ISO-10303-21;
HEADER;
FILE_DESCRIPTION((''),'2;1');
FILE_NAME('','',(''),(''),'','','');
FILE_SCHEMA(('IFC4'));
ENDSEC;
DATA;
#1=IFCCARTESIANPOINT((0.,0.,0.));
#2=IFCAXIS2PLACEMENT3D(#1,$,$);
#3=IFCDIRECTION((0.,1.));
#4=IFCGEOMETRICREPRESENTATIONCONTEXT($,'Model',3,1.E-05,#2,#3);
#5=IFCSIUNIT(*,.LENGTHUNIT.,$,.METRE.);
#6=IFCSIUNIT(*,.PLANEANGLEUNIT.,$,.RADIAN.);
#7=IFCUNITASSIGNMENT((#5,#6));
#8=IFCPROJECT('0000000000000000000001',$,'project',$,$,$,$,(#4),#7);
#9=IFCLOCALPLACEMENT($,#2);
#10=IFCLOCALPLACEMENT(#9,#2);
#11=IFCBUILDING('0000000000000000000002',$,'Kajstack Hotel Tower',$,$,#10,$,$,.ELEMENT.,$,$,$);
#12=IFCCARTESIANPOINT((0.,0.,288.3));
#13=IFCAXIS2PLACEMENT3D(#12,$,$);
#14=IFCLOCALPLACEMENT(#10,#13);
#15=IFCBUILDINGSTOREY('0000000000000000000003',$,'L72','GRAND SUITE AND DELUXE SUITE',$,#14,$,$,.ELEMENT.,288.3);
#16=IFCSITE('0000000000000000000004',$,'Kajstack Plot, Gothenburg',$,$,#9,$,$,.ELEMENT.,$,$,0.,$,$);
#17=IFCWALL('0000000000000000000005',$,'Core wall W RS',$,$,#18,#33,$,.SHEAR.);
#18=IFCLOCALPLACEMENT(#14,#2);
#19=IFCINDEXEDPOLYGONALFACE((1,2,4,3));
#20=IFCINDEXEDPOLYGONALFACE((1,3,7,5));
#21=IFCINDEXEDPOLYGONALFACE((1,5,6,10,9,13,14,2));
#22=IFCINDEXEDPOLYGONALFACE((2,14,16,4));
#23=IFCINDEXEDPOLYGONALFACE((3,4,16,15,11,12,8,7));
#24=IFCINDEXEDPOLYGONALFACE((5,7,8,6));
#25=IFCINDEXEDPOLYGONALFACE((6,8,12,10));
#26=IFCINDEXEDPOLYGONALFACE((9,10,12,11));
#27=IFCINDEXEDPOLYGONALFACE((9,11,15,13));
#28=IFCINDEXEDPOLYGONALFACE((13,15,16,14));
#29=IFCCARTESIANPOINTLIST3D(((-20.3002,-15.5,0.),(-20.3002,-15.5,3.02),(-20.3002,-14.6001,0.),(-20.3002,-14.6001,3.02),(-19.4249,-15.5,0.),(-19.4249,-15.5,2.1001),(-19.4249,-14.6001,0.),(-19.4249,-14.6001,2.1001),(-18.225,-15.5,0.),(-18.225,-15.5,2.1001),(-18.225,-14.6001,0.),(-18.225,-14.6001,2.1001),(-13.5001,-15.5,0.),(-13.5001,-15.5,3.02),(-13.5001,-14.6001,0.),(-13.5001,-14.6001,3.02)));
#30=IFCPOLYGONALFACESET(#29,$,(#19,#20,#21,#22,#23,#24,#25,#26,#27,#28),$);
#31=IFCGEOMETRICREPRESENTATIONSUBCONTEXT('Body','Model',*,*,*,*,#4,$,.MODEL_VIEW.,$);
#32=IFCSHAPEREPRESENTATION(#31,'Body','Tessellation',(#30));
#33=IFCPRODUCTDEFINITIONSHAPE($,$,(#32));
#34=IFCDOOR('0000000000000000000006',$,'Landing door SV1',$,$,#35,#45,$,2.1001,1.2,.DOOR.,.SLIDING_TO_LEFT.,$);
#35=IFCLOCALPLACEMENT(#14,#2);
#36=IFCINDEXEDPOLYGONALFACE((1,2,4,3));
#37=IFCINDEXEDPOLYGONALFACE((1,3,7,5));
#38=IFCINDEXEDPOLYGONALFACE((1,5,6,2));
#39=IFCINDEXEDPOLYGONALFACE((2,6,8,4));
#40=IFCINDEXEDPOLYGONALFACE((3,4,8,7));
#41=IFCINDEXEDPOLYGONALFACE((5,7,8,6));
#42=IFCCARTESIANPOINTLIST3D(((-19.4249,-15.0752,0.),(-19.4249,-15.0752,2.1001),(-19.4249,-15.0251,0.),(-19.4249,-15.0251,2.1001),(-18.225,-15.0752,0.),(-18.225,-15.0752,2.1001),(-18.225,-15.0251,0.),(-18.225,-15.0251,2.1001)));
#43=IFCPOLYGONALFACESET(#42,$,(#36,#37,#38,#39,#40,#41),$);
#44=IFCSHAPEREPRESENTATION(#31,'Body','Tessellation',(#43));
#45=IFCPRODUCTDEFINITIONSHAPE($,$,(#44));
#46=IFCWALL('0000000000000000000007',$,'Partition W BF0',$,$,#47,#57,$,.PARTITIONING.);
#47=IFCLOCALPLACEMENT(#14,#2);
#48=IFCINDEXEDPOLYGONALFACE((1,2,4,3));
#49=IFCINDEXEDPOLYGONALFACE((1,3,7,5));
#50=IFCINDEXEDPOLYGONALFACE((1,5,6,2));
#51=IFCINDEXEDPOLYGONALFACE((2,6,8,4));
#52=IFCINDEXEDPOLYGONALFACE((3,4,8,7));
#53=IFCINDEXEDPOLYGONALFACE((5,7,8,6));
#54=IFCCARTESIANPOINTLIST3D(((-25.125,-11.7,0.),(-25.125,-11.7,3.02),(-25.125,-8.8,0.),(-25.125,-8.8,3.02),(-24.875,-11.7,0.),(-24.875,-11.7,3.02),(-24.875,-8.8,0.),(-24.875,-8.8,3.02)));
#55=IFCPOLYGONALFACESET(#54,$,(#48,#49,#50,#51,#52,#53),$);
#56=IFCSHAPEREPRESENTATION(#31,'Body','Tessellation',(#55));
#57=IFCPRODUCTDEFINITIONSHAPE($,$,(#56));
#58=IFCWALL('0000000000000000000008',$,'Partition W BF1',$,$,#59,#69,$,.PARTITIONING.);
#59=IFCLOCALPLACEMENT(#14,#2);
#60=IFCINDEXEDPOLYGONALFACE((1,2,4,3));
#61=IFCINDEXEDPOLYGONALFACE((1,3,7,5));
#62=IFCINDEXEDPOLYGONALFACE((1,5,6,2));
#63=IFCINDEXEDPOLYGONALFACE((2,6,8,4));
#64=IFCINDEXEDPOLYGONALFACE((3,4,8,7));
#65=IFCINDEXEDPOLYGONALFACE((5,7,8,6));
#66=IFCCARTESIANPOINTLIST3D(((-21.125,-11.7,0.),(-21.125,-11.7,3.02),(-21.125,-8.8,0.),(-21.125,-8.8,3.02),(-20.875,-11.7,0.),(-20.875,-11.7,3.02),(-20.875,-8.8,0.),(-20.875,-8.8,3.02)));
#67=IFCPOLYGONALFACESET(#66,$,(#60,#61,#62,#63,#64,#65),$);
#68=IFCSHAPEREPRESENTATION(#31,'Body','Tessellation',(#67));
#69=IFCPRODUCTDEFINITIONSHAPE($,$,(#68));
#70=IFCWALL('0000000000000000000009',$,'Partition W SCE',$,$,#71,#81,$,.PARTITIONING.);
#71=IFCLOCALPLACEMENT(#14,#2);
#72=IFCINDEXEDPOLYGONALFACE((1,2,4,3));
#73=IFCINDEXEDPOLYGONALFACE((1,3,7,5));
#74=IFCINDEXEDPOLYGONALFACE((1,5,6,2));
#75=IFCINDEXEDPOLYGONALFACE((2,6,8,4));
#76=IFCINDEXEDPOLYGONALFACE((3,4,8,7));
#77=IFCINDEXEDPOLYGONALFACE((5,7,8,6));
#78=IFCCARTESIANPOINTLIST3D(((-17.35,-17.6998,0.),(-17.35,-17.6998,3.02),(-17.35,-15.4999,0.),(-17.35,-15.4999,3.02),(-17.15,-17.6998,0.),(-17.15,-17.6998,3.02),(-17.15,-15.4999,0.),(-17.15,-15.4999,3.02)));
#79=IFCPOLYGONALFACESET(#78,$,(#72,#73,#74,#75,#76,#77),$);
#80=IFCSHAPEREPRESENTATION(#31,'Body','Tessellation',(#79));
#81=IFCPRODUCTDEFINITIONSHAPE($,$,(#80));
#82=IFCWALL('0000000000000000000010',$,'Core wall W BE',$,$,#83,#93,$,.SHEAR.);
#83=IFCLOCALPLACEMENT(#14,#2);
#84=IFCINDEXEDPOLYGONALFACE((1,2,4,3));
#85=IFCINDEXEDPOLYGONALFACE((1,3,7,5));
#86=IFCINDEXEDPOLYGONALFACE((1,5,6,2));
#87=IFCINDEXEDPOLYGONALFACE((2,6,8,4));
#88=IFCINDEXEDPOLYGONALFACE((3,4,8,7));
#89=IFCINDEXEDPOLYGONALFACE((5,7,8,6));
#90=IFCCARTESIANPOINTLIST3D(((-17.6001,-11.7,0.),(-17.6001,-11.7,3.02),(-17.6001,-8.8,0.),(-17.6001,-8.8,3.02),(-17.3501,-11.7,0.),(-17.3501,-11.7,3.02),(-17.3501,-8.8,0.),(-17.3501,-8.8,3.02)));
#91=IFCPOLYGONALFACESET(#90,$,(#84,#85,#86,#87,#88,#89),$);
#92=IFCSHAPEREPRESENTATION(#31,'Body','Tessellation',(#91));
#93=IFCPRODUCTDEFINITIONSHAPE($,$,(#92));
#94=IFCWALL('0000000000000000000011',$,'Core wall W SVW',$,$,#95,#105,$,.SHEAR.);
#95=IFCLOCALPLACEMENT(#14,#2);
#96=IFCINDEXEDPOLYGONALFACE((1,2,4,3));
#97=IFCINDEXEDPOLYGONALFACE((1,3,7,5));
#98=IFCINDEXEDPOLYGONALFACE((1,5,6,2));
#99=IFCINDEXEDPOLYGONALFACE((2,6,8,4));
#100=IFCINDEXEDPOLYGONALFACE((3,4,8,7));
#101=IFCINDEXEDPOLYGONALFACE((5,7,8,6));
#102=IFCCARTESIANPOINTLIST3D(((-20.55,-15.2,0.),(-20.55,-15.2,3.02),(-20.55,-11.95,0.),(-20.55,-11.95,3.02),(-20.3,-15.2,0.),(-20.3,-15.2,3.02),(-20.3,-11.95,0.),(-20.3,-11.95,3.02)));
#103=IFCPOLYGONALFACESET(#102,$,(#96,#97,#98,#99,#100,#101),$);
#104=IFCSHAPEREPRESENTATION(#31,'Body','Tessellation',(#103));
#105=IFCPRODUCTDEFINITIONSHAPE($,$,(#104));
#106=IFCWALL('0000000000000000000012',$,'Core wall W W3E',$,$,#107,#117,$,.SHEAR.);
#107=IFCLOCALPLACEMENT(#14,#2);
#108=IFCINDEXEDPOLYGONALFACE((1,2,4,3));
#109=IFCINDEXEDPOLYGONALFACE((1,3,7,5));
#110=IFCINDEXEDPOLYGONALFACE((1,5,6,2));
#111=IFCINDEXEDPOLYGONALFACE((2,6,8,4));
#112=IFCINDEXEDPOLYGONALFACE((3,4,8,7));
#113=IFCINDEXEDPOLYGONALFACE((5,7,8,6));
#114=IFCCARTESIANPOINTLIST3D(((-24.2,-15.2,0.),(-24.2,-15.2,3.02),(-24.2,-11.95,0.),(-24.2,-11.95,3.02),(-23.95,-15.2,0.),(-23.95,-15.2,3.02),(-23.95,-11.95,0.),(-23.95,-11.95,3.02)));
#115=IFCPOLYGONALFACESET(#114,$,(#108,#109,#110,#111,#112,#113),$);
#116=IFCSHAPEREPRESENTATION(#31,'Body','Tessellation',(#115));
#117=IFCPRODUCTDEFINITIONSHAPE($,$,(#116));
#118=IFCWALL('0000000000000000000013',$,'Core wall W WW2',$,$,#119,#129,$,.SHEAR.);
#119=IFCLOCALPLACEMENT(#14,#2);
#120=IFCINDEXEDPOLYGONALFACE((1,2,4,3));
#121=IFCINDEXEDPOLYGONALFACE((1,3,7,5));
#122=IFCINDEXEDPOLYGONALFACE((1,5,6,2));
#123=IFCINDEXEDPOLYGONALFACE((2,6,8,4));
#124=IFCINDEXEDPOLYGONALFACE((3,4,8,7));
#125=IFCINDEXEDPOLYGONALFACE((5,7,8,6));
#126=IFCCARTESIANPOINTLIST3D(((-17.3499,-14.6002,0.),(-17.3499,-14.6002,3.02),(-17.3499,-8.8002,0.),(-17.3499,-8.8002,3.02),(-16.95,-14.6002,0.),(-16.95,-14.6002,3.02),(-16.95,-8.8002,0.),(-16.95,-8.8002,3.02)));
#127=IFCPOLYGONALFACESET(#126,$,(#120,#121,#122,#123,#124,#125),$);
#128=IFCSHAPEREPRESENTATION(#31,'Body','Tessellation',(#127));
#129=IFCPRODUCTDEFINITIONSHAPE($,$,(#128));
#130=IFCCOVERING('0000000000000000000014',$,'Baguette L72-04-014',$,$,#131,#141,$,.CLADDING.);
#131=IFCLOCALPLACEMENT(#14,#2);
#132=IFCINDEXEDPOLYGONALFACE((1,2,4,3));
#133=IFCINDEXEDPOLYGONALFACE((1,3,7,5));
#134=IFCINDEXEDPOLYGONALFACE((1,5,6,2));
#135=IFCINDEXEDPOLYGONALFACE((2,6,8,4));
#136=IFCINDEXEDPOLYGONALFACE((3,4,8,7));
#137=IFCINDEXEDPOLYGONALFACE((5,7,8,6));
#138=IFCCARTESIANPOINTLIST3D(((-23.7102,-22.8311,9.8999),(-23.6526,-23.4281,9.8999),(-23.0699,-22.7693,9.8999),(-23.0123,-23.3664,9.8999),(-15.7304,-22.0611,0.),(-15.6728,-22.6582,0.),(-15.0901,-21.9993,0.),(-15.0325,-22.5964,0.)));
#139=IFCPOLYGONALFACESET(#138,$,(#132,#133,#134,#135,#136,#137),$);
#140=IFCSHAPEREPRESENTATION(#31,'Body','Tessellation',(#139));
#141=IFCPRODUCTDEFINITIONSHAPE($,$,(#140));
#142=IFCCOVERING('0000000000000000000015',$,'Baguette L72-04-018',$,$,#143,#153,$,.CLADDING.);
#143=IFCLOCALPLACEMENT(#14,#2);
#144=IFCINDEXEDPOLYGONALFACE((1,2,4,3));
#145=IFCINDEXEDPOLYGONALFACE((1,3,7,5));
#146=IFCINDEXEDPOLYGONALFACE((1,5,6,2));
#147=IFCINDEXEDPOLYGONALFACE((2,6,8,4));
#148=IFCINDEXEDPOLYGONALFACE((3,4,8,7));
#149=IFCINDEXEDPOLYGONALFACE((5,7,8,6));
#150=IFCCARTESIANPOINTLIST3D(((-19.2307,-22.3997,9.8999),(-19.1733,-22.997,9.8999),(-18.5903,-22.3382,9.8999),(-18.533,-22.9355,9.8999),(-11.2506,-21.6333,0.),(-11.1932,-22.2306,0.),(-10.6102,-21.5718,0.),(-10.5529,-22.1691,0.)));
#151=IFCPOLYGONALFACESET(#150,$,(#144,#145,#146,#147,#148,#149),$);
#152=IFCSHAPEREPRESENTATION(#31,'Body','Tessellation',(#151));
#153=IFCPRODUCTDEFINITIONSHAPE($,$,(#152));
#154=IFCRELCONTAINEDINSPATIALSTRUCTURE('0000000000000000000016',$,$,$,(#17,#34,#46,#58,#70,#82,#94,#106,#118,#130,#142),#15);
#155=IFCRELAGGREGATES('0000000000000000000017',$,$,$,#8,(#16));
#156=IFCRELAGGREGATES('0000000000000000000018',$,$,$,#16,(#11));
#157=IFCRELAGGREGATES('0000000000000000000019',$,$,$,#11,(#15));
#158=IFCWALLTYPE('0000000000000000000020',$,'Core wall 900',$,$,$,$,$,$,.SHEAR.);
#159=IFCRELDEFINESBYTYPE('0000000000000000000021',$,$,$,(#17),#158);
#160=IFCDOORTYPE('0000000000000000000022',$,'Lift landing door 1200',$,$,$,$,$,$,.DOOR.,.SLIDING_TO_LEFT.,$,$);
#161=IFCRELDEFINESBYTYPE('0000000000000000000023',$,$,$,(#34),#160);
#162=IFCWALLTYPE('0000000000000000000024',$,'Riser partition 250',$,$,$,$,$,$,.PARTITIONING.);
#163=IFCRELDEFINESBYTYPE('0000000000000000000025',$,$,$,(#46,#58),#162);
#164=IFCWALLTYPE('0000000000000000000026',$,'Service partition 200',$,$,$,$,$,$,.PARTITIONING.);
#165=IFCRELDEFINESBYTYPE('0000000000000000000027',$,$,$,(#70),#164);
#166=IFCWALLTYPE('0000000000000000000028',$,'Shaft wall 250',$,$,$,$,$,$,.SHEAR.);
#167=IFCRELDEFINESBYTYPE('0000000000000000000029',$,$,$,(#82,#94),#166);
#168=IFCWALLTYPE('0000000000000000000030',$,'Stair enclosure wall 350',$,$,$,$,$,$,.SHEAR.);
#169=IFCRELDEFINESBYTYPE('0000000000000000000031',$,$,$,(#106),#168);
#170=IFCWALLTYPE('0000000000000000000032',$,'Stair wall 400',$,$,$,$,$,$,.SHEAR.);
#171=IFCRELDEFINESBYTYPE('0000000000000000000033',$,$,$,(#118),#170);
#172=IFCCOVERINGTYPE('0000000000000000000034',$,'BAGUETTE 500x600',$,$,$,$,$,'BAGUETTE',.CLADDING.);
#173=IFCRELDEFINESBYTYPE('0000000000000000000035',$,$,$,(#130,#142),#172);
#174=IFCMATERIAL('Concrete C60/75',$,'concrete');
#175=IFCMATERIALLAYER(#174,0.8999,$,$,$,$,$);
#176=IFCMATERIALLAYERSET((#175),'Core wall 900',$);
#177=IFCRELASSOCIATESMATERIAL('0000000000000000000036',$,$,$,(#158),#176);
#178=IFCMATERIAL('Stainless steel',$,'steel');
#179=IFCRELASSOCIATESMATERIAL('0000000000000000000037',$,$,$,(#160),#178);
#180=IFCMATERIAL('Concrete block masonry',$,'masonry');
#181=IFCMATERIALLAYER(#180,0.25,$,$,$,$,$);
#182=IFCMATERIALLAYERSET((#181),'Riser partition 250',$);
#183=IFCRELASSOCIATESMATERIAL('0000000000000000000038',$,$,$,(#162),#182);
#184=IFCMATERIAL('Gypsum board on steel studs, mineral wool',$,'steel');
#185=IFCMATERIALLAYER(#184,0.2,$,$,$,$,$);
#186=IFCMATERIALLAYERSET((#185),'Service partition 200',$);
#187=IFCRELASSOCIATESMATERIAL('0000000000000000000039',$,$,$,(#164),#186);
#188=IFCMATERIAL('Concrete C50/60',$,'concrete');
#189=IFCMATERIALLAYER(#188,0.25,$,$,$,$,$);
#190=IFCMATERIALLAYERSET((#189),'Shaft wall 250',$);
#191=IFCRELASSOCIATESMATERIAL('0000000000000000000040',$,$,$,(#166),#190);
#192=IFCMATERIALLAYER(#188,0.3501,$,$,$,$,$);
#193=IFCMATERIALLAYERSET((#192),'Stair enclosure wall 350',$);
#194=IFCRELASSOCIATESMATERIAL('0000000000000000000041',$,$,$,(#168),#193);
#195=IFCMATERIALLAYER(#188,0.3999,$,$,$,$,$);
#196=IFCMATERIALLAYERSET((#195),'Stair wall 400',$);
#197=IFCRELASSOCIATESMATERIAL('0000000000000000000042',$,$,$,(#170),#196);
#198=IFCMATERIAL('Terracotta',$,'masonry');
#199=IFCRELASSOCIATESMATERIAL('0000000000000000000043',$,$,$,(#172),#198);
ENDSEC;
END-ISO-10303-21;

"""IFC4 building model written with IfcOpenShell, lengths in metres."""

from ifc_helpers import new_model, si_unit, direction, frame, frame_2d, origin, origin_2d, place, context, subcontext, project, spatial, polyline, rectangle, outline, extrude, material, layer, layer_set, material_profile, profile_set, type_object, element, fill, save


model = new_model("IFC4")

# Units and contexts
model_context = context("Model", 3, precision=1e-05, world=origin(), true_north=direction((0.0, 1.0)))
body_context = subcontext(model_context, "Body", "Model", "MODEL_VIEW")
ifc_project = project(units=[si_unit("LENGTHUNIT", "METRE"), si_unit("PLANEANGLEUNIT", "RADIAN")], contexts=[model_context])

# Site, building, storey
site_placement = place(None, origin())
site = spatial("IfcSite", under=ifc_project, at=site_placement, Name="Kajstack Plot, Gothenburg", CompositionType="ELEMENT", RefElevation=0.0)
building_placement = place(site_placement, origin())
building = spatial("IfcBuilding", under=site, at=building_placement, Name="Kajstack Hotel Tower", CompositionType="ELEMENT")
storey_placement = place(building_placement, frame((0.0, 0.0, 288.3)))
storey = spatial("IfcBuildingStorey", under=building, at=storey_placement, Name="L72", Description="GRAND SUITE AND DELUXE SUITE", CompositionType="ELEMENT", Elevation=288.3)

# Wall, opening, door
ifc_material_1 = material(Name="Concrete C60/75", Category="concrete")
ifc_layer_1 = layer(ifc_material_1, 0.8999)
ifc_layer_set_1 = layer_set([ifc_layer_1], Name="Core wall 900")
wall_type_1 = type_object("IfcWallType", Name="Core wall 900", PredefinedType="SHEAR", material=ifc_layer_set_1)
wall_1_placement = place(storey_placement, frame((-20.3, -15.05, 0.0), z_axis=(0.0, 0.0, 1.0), x_axis=(1.0, 0.0, 0.0)))
wall_1 = element("IfcWall", 1, at=wall_1_placement, inside=storey, type_object=wall_type_1, Name="Core wall W RS", PredefinedType="SHEAR", context=body_context, shape_type="SweptSolid", body=[
    extrude(rectangle(XDim=6.8, YDim=0.8999, at=frame_2d((3.3999, 0.0))), origin(), (0.0, 0.0, 1.0), 3.02),
])
opening_placement = place(wall_1_placement, frame((0.875, 0.0, 0.0)))
opening = element("IfcOpeningElement", 2, at=opening_placement, cuts=wall_1, PredefinedType="OPENING", context=body_context, shape_type="SweptSolid", body=[
    extrude(rectangle(XDim=1.2, YDim=2.1001, at=frame_2d((0.6001, 1.05))), frame((0.0, 0.46, 0.0), z_axis=(0.0, -1.0, 0.0), x_axis=(1.0, 0.0, 0.0)), (0.0, 0.0, 1.0), 0.9199),
])
ifc_material_2 = material(Name="Stainless steel", Category="steel")
door_type = type_object("IfcDoorType", Name="Lift landing door 1200", OperationType="SLIDING_TO_LEFT", PredefinedType="DOOR", material=ifc_material_2)
door_placement = place(opening_placement, origin())
door = element("IfcDoor", 3, at=door_placement, inside=storey, type_object=door_type, Name="Landing door SV1", OperationType="SLIDING_TO_LEFT", OverallHeight=2.1001, OverallWidth=1.2, PredefinedType="DOOR", context=body_context, shape_type="SweptSolid", body=[
    extrude(rectangle(XDim=1.2, YDim=2.1001, at=frame_2d((0.6001, 1.05))), frame((0.0, 0.0249, 0.0), z_axis=(0.0, -1.0, 0.0), x_axis=(1.0, 0.0, 0.0)), (0.0, 0.0, 1.0), 0.05),
])
fill(opening, door)

# Walls
ifc_material_3 = material(Name="Concrete block masonry", Category="masonry")
ifc_layer_2 = layer(ifc_material_3, 0.25)
ifc_layer_set_2 = layer_set([ifc_layer_2], Name="Riser partition 250")
wall_type_2 = type_object("IfcWallType", Name="Riser partition 250", PredefinedType="PARTITIONING", material=ifc_layer_set_2)
for number, where, z_axis, x_axis, name in (
    (4, (-25.0, -11.7, 0.0), (0.0, 0.0, 1.0), (0.0, 1.0, 0.0), "Partition W BF0"),
    (5, (-21.0, -11.7, 0.0), (0.0, 0.0, 1.0), (0.0, 1.0, 0.0), "Partition W BF1"),
):
    element("IfcWall", number, at=place(storey_placement, frame(where, z_axis=z_axis, x_axis=x_axis)), inside=storey, type_object=wall_type_2, Name=name, PredefinedType="PARTITIONING", context=body_context, shape_type="SweptSolid", body=[
        extrude(rectangle(XDim=2.8999, YDim=0.25, at=frame_2d((1.45, 0.0))), origin(), (0.0, 0.0, 1.0), 3.02),
    ])
ifc_material_4 = material(Name="Gypsum board on steel studs, mineral wool", Category="steel")
ifc_layer_3 = layer(ifc_material_4, 0.2)
ifc_layer_set_3 = layer_set([ifc_layer_3], Name="Service partition 200")
wall_type_3 = type_object("IfcWallType", Name="Service partition 200", PredefinedType="PARTITIONING", material=ifc_layer_set_3)
wall_2_placement = place(storey_placement, frame((-17.25, -17.7, 0.0), z_axis=(0.0, 0.0, 1.0), x_axis=(0.0, 1.0, 0.0)))
element("IfcWall", 6, at=wall_2_placement, inside=storey, type_object=wall_type_3, Name="Partition W SCE", PredefinedType="PARTITIONING", context=body_context, shape_type="SweptSolid", body=[
    extrude(rectangle(XDim=2.2, YDim=0.2, at=frame_2d((1.1001, 0.0))), origin(), (0.0, 0.0, 1.0), 3.02),
])
ifc_material_5 = material(Name="Concrete C50/60", Category="concrete")
ifc_layer_4 = layer(ifc_material_5, 0.25)
ifc_layer_set_4 = layer_set([ifc_layer_4], Name="Shaft wall 250")
wall_type_4 = type_object("IfcWallType", Name="Shaft wall 250", PredefinedType="SHEAR", material=ifc_layer_set_4)
wall_3_placement = place(storey_placement, frame((-17.4751, -11.7, 0.0), z_axis=(0.0, 0.0, 1.0), x_axis=(0.0, 1.0, 0.0)))
element("IfcWall", 7, at=wall_3_placement, inside=storey, type_object=wall_type_4, Name="Core wall W BE", PredefinedType="SHEAR", context=body_context, shape_type="SweptSolid", body=[
    extrude(rectangle(XDim=2.8999, YDim=0.25, at=frame_2d((1.45, 0.0))), origin(), (0.0, 0.0, 1.0), 3.02),
])
wall_4_placement = place(storey_placement, frame((-20.425, -15.2, 0.0), z_axis=(0.0, 0.0, 1.0), x_axis=(0.0, 1.0, 0.0)))
element("IfcWall", 8, at=wall_4_placement, inside=storey, type_object=wall_type_4, Name="Core wall W SVW", PredefinedType="SHEAR", context=body_context, shape_type="SweptSolid", body=[
    extrude(rectangle(XDim=3.25, YDim=0.25, at=frame_2d((1.625, 0.0))), origin(), (0.0, 0.0, 1.0), 3.02),
])
ifc_layer_5 = layer(ifc_material_5, 0.3501)
ifc_layer_set_5 = layer_set([ifc_layer_5], Name="Stair enclosure wall 350")
wall_type_5 = type_object("IfcWallType", Name="Stair enclosure wall 350", PredefinedType="SHEAR", material=ifc_layer_set_5)
wall_5_placement = place(storey_placement, frame((-24.075, -15.2, 0.0), z_axis=(0.0, 0.0, 1.0), x_axis=(0.0, 1.0, 0.0)))
element("IfcWall", 9, at=wall_5_placement, inside=storey, type_object=wall_type_5, Name="Core wall W W3E", PredefinedType="SHEAR", context=body_context, shape_type="SweptSolid", body=[
    extrude(rectangle(XDim=3.25, YDim=0.25, at=frame_2d((1.625, 0.0))), origin(), (0.0, 0.0, 1.0), 3.02),
])
ifc_layer_6 = layer(ifc_material_5, 0.3999)
ifc_layer_set_6 = layer_set([ifc_layer_6], Name="Stair wall 400")
wall_type_6 = type_object("IfcWallType", Name="Stair wall 400", PredefinedType="SHEAR", material=ifc_layer_set_6)
wall_6_placement = place(storey_placement, frame((-17.1499, -14.6001, 0.0), z_axis=(0.0, 0.0, 1.0), x_axis=(0.0, 1.0, 0.0)))
element("IfcWall", 10, at=wall_6_placement, inside=storey, type_object=wall_type_6, Name="Core wall W WW2", PredefinedType="SHEAR", context=body_context, shape_type="SweptSolid", body=[
    extrude(rectangle(XDim=5.8, YDim=0.3999, at=frame_2d((2.8999, 0.0))), origin(), (0.0, 0.0, 1.0), 3.02),
])

# Coverings
ifc_material_6 = material(Name="Terracotta", Category="masonry")
ifc_material_profile = material_profile(ifc_material_6, rectangle(XDim=0.6001, YDim=0.5, at=origin_2d()), Name="Terracotta-clad concrete baguette 500 x 600")
ifc_profile_set = profile_set([ifc_material_profile], Name="Terracotta")
covering_type = type_object("IfcCoveringType", Name="BAGUETTE 500x600", ElementType="BAGUETTE", PredefinedType="CLADDING", material=ifc_profile_set)
covering_1_placement = place(storey_placement, frame((-23.7102, -22.8311, 0.0), z_axis=(0.096038, -0.995378, 0.0), x_axis=(0.995378, 0.096038, 0.0)))
element("IfcCovering", 11, at=covering_1_placement, inside=storey, type_object=covering_type, Name="Baguette L72-04-014", PredefinedType="CLADDING", context=body_context, shape_type="SweptSolid", body=[
    extrude(outline(polyline([(0.0, 9.8999), (8.0168, 0.0), (8.6602, 0.0), (0.6433, 9.8999), (0.0, 9.8999)])), origin(), (0.0, 0.0, 1.0), 0.5999),
])
covering_2_placement = place(storey_placement, frame((-19.2307, -22.3997, 0.0), z_axis=(0.095596, -0.99542, 0.0), x_axis=(0.99542, 0.095596, 0.0)))
element("IfcCovering", 12, at=covering_2_placement, inside=storey, type_object=covering_type, Name="Baguette L72-04-018", PredefinedType="CLADDING", context=body_context, shape_type="SweptSolid", body=[
    extrude(outline(polyline([(0.0, 9.8999), (8.0168, 0.0), (8.6602, 0.0), (0.6433, 9.8999), (0.0, 9.8999)])), origin(), (0.0, 0.0, 1.0), 0.6001),
])

save(model, "model.ifc")
